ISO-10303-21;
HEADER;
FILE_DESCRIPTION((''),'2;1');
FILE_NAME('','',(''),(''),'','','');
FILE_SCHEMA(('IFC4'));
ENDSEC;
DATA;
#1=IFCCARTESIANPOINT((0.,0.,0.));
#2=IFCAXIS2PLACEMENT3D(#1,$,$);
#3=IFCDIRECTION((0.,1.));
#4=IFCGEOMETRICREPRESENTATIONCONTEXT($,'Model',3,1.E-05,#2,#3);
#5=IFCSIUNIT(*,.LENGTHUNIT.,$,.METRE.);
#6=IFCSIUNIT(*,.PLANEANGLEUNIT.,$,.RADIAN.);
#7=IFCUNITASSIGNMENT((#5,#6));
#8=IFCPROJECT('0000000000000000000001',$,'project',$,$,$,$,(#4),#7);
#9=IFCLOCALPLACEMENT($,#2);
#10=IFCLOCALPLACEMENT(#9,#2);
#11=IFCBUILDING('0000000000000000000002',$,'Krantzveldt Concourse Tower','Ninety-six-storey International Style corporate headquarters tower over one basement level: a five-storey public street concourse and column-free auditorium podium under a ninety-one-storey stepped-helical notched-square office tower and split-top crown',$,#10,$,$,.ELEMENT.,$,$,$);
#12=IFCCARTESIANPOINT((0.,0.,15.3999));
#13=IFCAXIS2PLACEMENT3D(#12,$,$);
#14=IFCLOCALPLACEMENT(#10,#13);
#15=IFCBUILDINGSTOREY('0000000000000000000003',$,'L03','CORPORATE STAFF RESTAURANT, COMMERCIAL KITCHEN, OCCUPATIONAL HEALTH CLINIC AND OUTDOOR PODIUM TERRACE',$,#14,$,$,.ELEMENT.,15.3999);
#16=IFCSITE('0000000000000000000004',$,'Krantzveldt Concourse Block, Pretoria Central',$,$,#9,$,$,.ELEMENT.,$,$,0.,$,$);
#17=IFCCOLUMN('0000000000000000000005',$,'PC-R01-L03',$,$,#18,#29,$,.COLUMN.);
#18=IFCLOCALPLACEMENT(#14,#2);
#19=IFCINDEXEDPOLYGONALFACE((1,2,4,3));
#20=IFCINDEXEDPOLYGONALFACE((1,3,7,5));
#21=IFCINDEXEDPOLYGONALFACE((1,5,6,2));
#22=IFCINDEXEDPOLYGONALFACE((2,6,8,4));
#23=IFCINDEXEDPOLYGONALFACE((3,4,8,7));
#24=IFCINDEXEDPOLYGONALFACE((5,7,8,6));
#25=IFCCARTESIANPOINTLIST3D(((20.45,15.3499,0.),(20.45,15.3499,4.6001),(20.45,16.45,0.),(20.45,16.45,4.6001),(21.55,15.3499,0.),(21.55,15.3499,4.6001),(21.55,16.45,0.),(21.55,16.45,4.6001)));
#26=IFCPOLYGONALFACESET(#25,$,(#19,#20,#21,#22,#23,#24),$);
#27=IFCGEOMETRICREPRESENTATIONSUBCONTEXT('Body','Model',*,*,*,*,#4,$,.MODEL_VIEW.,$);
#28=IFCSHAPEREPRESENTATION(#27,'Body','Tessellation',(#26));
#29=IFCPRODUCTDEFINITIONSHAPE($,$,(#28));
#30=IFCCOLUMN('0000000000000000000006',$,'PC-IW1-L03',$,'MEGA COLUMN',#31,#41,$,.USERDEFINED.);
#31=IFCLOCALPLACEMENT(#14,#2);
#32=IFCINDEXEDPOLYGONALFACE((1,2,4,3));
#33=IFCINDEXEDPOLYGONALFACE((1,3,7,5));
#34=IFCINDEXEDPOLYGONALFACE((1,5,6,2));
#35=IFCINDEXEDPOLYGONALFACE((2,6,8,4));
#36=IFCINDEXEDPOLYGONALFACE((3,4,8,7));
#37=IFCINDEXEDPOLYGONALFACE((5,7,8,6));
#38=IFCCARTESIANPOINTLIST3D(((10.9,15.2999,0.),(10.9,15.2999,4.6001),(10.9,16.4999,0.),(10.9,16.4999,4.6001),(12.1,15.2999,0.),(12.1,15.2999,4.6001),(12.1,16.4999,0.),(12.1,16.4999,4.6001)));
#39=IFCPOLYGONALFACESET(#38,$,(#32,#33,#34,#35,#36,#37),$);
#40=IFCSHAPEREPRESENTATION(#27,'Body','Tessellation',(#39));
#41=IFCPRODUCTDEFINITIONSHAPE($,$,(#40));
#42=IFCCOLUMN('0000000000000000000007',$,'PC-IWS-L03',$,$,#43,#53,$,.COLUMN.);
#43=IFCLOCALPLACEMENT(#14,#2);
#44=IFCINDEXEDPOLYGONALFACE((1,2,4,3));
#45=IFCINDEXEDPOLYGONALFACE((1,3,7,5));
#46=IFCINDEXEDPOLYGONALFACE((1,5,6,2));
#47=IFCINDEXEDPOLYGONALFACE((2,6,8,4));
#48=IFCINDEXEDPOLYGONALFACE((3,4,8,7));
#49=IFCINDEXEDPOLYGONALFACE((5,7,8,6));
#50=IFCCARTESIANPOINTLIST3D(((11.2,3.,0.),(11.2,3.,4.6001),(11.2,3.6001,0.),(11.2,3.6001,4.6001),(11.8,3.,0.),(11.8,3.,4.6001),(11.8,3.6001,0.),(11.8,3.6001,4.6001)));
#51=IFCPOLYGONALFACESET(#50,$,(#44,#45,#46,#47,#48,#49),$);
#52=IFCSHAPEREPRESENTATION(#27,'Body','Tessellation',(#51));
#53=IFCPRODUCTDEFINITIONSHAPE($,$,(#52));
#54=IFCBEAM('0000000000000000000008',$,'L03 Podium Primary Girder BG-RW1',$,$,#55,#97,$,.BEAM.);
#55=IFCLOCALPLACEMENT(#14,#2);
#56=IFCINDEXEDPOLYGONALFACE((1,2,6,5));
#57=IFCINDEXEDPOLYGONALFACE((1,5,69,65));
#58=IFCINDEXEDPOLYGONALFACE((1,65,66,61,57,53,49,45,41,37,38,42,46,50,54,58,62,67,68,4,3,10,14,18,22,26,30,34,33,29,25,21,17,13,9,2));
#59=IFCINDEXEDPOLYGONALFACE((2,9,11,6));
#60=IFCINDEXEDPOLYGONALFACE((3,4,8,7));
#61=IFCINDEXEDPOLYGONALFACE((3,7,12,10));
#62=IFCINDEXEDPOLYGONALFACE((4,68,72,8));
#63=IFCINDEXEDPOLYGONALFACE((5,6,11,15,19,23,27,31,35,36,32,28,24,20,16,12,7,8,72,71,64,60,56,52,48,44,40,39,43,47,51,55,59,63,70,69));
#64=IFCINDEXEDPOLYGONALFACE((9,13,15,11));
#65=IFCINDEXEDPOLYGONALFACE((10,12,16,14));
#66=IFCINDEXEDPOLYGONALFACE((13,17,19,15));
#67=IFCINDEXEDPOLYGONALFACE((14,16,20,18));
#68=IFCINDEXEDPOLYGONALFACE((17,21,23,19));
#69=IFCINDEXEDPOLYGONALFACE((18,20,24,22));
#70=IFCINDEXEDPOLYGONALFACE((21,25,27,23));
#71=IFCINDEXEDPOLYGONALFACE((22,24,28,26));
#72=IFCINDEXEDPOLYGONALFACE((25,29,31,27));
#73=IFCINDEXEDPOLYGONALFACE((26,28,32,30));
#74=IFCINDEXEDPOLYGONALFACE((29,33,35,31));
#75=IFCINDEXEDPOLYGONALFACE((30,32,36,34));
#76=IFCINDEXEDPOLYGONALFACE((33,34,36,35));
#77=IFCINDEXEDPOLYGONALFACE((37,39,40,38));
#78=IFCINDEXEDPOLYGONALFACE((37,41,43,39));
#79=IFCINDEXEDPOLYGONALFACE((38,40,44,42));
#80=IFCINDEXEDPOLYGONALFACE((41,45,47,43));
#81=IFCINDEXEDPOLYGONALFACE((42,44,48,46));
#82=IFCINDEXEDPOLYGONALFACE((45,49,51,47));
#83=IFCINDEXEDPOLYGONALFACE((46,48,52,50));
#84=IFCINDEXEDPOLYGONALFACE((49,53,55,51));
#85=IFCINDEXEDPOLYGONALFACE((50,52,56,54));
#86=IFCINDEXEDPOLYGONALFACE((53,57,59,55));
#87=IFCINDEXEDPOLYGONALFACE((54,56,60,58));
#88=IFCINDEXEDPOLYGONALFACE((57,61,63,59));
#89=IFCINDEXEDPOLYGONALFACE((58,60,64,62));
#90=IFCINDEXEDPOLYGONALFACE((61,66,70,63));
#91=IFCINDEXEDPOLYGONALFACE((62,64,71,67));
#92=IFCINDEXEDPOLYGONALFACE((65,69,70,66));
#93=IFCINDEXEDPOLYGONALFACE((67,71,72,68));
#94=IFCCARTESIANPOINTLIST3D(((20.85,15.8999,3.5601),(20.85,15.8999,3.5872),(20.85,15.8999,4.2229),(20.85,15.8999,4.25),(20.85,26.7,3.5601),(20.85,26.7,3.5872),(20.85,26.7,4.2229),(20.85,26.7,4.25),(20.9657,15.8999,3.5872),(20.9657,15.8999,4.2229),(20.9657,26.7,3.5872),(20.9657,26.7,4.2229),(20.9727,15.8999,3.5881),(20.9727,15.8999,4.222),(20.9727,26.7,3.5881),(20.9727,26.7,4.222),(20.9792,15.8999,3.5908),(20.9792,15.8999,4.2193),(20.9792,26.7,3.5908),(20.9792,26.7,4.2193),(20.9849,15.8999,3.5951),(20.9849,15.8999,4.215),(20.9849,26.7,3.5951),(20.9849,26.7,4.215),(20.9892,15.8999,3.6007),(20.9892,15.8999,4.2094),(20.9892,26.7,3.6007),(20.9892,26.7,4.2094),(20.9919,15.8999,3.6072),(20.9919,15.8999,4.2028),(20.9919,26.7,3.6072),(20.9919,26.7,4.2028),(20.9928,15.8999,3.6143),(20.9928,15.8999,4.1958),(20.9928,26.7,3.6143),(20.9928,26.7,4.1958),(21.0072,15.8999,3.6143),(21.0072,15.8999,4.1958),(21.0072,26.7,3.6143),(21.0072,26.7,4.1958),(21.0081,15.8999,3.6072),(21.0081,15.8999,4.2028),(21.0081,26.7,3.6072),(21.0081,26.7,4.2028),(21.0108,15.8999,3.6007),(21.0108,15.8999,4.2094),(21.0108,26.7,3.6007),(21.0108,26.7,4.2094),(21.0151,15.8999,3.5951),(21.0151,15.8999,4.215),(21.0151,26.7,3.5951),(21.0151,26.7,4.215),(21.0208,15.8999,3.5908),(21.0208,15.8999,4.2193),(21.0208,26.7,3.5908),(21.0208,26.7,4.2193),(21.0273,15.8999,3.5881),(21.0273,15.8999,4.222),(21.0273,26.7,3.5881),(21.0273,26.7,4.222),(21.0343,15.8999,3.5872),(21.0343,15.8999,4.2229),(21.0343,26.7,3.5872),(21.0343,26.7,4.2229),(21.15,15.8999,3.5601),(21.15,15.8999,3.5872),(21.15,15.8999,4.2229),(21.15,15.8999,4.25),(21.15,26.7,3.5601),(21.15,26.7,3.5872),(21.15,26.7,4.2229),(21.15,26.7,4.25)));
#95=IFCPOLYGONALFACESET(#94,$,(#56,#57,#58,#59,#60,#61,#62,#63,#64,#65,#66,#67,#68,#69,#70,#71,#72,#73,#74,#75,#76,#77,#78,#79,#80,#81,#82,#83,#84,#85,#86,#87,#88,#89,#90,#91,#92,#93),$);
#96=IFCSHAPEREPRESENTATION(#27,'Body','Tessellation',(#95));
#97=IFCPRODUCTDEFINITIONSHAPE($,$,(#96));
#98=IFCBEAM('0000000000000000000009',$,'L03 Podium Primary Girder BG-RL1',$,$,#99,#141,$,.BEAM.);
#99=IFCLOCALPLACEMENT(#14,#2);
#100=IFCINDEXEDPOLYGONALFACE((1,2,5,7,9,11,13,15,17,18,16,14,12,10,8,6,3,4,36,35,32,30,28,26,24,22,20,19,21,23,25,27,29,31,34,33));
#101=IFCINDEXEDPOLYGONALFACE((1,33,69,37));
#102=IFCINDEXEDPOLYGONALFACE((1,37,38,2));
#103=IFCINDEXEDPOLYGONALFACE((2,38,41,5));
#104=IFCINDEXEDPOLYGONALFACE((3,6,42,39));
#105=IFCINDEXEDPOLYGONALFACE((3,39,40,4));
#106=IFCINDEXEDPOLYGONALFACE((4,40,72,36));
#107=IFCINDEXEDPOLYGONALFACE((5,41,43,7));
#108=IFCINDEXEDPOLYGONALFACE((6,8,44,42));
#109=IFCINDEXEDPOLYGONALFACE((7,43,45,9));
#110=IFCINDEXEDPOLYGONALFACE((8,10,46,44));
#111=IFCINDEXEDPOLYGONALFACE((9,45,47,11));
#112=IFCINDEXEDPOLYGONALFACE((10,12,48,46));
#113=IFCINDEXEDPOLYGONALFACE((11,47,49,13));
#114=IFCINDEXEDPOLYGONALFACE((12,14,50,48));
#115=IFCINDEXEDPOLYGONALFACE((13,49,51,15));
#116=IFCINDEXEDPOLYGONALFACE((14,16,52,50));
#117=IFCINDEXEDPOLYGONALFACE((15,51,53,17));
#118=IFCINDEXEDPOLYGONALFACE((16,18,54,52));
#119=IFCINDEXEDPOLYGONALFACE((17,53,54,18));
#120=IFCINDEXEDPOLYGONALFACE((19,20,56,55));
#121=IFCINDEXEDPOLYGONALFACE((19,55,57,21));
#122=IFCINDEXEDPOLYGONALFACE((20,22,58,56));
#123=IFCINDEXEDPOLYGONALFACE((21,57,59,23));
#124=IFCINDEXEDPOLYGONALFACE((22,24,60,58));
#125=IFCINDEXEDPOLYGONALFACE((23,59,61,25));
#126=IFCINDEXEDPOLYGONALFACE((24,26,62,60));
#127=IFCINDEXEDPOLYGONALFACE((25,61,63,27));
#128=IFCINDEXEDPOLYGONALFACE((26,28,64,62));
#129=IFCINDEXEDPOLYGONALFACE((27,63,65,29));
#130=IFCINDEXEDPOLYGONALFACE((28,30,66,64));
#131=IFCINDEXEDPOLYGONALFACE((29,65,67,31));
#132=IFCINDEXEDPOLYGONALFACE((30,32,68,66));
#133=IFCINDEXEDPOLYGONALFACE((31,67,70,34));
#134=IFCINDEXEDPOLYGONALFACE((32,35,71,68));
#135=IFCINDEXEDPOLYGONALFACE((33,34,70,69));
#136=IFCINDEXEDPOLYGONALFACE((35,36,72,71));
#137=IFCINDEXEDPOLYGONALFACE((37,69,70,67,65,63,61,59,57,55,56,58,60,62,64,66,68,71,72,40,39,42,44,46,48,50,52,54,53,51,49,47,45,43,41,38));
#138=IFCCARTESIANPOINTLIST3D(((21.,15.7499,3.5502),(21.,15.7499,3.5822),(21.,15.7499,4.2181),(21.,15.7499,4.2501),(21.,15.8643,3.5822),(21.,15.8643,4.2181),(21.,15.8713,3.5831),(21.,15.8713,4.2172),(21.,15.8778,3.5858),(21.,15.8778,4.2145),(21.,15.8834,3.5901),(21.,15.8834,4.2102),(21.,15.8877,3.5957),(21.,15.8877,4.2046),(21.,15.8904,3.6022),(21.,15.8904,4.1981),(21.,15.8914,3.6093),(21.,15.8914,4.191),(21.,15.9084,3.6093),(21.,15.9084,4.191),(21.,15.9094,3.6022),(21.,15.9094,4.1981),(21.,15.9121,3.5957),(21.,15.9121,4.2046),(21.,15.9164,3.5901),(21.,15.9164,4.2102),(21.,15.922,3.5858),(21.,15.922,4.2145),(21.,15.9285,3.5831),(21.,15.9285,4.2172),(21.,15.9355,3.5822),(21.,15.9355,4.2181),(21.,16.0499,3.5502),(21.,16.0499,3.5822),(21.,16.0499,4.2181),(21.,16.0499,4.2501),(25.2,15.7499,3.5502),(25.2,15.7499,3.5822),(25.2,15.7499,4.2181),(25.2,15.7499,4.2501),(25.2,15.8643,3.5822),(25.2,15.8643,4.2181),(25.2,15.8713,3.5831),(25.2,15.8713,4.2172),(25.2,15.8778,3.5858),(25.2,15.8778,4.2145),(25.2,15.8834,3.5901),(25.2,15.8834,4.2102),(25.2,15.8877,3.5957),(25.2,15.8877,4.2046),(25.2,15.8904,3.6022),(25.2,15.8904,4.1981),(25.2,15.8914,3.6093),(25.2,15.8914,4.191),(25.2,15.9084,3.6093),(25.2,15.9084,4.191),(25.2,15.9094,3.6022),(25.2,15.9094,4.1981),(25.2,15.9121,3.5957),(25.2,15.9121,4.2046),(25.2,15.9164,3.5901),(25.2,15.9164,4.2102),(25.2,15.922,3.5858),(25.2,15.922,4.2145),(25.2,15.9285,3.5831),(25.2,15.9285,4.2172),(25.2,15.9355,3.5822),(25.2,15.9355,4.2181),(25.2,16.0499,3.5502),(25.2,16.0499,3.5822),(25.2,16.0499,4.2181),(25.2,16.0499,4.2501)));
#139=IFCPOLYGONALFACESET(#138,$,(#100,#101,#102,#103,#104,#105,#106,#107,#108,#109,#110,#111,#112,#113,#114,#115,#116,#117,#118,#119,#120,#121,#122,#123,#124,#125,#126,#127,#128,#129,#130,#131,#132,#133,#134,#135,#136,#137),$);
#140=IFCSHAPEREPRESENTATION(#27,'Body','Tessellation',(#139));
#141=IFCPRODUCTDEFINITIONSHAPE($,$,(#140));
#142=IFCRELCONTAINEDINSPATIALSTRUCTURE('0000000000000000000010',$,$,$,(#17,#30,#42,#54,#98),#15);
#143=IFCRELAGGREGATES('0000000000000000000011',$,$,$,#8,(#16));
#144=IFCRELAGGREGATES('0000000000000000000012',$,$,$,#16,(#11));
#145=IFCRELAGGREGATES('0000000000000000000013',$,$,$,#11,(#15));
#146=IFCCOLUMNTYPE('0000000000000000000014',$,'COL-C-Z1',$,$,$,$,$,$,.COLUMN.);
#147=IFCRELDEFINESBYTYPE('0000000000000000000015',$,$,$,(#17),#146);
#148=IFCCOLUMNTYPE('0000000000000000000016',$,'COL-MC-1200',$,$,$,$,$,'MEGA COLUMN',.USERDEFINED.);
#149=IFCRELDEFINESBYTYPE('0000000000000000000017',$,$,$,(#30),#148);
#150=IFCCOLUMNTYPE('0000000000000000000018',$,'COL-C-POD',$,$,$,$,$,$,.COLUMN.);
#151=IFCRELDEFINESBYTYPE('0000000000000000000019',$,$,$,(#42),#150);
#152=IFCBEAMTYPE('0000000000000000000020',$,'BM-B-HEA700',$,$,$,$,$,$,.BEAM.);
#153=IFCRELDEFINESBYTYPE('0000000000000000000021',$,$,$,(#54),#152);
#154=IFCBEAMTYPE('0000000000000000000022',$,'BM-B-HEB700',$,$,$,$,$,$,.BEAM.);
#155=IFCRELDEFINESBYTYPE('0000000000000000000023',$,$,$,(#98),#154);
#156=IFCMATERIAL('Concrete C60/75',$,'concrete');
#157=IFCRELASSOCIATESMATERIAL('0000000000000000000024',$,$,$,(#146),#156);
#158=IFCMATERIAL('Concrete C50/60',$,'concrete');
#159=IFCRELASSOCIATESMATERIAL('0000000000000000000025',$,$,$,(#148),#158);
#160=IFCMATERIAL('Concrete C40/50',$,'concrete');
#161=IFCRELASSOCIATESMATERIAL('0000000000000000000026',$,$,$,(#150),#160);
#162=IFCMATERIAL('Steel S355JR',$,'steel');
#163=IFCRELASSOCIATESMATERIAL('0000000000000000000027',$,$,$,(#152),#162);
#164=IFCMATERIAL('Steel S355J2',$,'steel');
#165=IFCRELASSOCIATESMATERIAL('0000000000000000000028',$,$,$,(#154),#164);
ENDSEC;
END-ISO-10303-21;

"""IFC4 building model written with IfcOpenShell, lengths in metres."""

from ifc_helpers import new_model, si_unit, direction, frame, origin, origin_2d, place, context, subcontext, project, spatial, rectangle, i_section, extrude, source, transform, mapped, material, material_profile, profile_set, type_object, type_shapes, element, save


model = new_model("IFC4")

# Units and contexts
model_context = context("Model", 3, precision=1e-05, world=origin(), true_north=direction((0.0, 1.0)))
body_context = subcontext(model_context, "Body", "Model", "MODEL_VIEW")
ifc_project = project(units=[si_unit("LENGTHUNIT", "METRE"), si_unit("PLANEANGLEUNIT", "RADIAN")], contexts=[model_context])

# Site, building, storey
site_placement = place(None, origin())
site = spatial("IfcSite", under=ifc_project, at=site_placement, Name="Krantzveldt Concourse Block, Pretoria Central", CompositionType="ELEMENT", RefElevation=0.0)
building_placement = place(site_placement, origin())
building = spatial("IfcBuilding", under=site, at=building_placement, Name="Krantzveldt Concourse Tower", Description="Ninety-six-storey International Style corporate headquarters tower over one basement level: a five-storey public street concourse and column-free auditorium podium under a ninety-one-storey stepped-helical notched-square office tower and split-top crown", CompositionType="ELEMENT")
storey_placement = place(building_placement, frame((0.0, 0.0, 15.3999)))
storey = spatial("IfcBuildingStorey", under=building, at=storey_placement, Name="L03", Description="CORPORATE STAFF RESTAURANT, COMMERCIAL KITCHEN, OCCUPATIONAL HEALTH CLINIC AND OUTDOOR PODIUM TERRACE", CompositionType="ELEMENT", Elevation=15.3999)

# Columns
ifc_material_1 = material(Name="Concrete C60/75", Category="concrete")
ifc_material_profile_1 = material_profile(ifc_material_1, rectangle(XDim=1.1001, YDim=1.1001, at=origin_2d()), Name="Concrete C60/75", Category="concrete")
ifc_profile_set_1 = profile_set([ifc_material_profile_1], Name="Concrete C60/75 - RC 1100x1100")
column_type_1 = type_object("IfcColumnType", Name="COL-C-Z1", PredefinedType="COLUMN", material=ifc_profile_set_1)
shared_shape_1 = source(origin(), body_context, "Body", "SweptSolid", [
    extrude(rectangle(XDim=1.1001, YDim=1.1001, at=origin_2d()), origin(), (0.0, 0.0, 1.0), 4.6001),
])
type_shapes(column_type_1, [shared_shape_1])
column_1_placement = place(storey_placement, frame((21.0, 15.8999, 0.0), z_axis=(0.0, 0.0, 1.0), x_axis=(1.0, 0.0, 0.0)))
element("IfcColumn", 1, at=column_1_placement, inside=storey, type_object=column_type_1, Name="PC-R01-L03", PredefinedType="COLUMN", context=body_context, shape_type="MappedRepresentation", body=[
    mapped(shared_shape_1, transform((0.0, 0.0, 0.0), x_axis=(1.0, 0.0, 0.0), y_axis=(0.0, 1.0, 0.0), z_axis=(0.0, 0.0, 1.0), scale=1.0)),
])
ifc_material_2 = material(Name="Concrete C50/60", Category="concrete")
ifc_material_profile_2 = material_profile(ifc_material_2, rectangle(XDim=1.2, YDim=1.2, at=origin_2d()), Name="Concrete C50/60", Category="concrete")
ifc_profile_set_2 = profile_set([ifc_material_profile_2], Name="Concrete C50/60 - RC 1200x1200")
column_type_2 = type_object("IfcColumnType", Name="COL-MC-1200", ElementType="MEGA COLUMN", PredefinedType="USERDEFINED", material=ifc_profile_set_2)
shared_shape_2 = source(origin(), body_context, "Body", "SweptSolid", [
    extrude(rectangle(XDim=1.2, YDim=1.2, at=origin_2d()), origin(), (0.0, 0.0, 1.0), 4.6001),
])
type_shapes(column_type_2, [shared_shape_2])
column_2_placement = place(storey_placement, frame((11.5, 15.8999, 0.0), z_axis=(0.0, 0.0, 1.0), x_axis=(1.0, 0.0, 0.0)))
element("IfcColumn", 2, at=column_2_placement, inside=storey, type_object=column_type_2, Name="PC-IW1-L03", ObjectType="MEGA COLUMN", PredefinedType="USERDEFINED", context=body_context, shape_type="MappedRepresentation", body=[
    mapped(shared_shape_2, transform((0.0, 0.0, 0.0), x_axis=(1.0, 0.0, 0.0), y_axis=(0.0, 1.0, 0.0), z_axis=(0.0, 0.0, 1.0), scale=1.0)),
])
ifc_material_3 = material(Name="Concrete C40/50", Category="concrete")
ifc_material_profile_3 = material_profile(ifc_material_3, rectangle(XDim=0.6001, YDim=0.6001, at=origin_2d()), Name="Concrete C40/50", Category="concrete")
ifc_profile_set_3 = profile_set([ifc_material_profile_3], Name="Concrete C40/50 - RC 600x600")
column_type_3 = type_object("IfcColumnType", Name="COL-C-POD", PredefinedType="COLUMN", material=ifc_profile_set_3)
shared_shape_3 = source(origin(), body_context, "Body", "SweptSolid", [
    extrude(rectangle(XDim=0.6001, YDim=0.6001, at=origin_2d()), origin(), (0.0, 0.0, 1.0), 4.6001),
])
type_shapes(column_type_3, [shared_shape_3])
column_3_placement = place(storey_placement, frame((11.5, 3.3, 0.0), z_axis=(0.0, 0.0, 1.0), x_axis=(1.0, 0.0, 0.0)))
element("IfcColumn", 3, at=column_3_placement, inside=storey, type_object=column_type_3, Name="PC-IWS-L03", PredefinedType="COLUMN", context=body_context, shape_type="MappedRepresentation", body=[
    mapped(shared_shape_3, transform((0.0, 0.0, 0.0), x_axis=(1.0, 0.0, 0.0), y_axis=(0.0, 1.0, 0.0), z_axis=(0.0, 0.0, 1.0), scale=1.0)),
])

# Beams
ifc_material_4 = material(Name="Steel S355JR", Category="steel")
ifc_material_profile_4 = material_profile(ifc_material_4, i_section(OverallWidth=0.3, OverallDepth=0.6899, WebThickness=0.0144, FlangeThickness=0.0271, FilletRadius=0.0271, at=origin_2d()), Name="Steel S355JR", Category="steel")
ifc_profile_set_4 = profile_set([ifc_material_profile_4], Name="Steel S355JR - HEA 700")
beam_type_1 = type_object("IfcBeamType", Name="BM-B-HEA700", PredefinedType="BEAM", material=ifc_profile_set_4)
shared_shape_4 = source(origin(), body_context, "Body", "SweptSolid", [
    extrude(i_section(OverallWidth=0.3, OverallDepth=0.6899, WebThickness=0.0144, FlangeThickness=0.0271, FilletRadius=0.0271, at=origin_2d()), origin(), (0.0, 0.0, 1.0), 10.8),
])
beam_1_placement = place(storey_placement, frame((21.0, 15.8999, 3.905), z_axis=(0.0, 1.0, 0.0), x_axis=(-1.0, 0.0, 0.0)))
element("IfcBeam", 4, at=beam_1_placement, inside=storey, type_object=beam_type_1, Name="L03 Podium Primary Girder BG-RW1", PredefinedType="BEAM", context=body_context, shape_type="MappedRepresentation", body=[
    mapped(shared_shape_4, transform((0.0, 0.0, 0.0), x_axis=(1.0, 0.0, 0.0), y_axis=(0.0, 1.0, 0.0), z_axis=(0.0, 0.0, 1.0), scale=1.0)),
])
ifc_material_5 = material(Name="Steel S355J2", Category="steel")
ifc_material_profile_5 = material_profile(ifc_material_5, i_section(OverallWidth=0.3, OverallDepth=0.7, WebThickness=0.0171, FlangeThickness=0.032, FilletRadius=0.0271, at=origin_2d()), Name="Steel S355J2", Category="steel")
ifc_profile_set_5 = profile_set([ifc_material_profile_5], Name="Steel S355J2 - HEB 700")
beam_type_2 = type_object("IfcBeamType", Name="BM-B-HEB700", PredefinedType="BEAM", material=ifc_profile_set_5)
shared_shape_5 = source(origin(), body_context, "Body", "SweptSolid", [
    extrude(i_section(OverallWidth=0.3, OverallDepth=0.7, WebThickness=0.0171, FlangeThickness=0.032, FilletRadius=0.0271, at=origin_2d()), origin(), (0.0, 0.0, 1.0), 4.2),
])
type_shapes(beam_type_2, [shared_shape_5])
beam_2_placement = place(storey_placement, frame((21.0, 15.8999, 3.9001), z_axis=(1.0, 0.0, 0.0), x_axis=(0.0, 1.0, 0.0)))
element("IfcBeam", 5, at=beam_2_placement, inside=storey, type_object=beam_type_2, Name="L03 Podium Primary Girder BG-RL1", PredefinedType="BEAM", context=body_context, shape_type="MappedRepresentation", body=[
    mapped(shared_shape_5, transform((0.0, 0.0, 0.0), x_axis=(1.0, 0.0, 0.0), y_axis=(0.0, 1.0, 0.0), z_axis=(0.0, 0.0, 1.0), scale=1.0)),
])

save(model, "model.ifc")
